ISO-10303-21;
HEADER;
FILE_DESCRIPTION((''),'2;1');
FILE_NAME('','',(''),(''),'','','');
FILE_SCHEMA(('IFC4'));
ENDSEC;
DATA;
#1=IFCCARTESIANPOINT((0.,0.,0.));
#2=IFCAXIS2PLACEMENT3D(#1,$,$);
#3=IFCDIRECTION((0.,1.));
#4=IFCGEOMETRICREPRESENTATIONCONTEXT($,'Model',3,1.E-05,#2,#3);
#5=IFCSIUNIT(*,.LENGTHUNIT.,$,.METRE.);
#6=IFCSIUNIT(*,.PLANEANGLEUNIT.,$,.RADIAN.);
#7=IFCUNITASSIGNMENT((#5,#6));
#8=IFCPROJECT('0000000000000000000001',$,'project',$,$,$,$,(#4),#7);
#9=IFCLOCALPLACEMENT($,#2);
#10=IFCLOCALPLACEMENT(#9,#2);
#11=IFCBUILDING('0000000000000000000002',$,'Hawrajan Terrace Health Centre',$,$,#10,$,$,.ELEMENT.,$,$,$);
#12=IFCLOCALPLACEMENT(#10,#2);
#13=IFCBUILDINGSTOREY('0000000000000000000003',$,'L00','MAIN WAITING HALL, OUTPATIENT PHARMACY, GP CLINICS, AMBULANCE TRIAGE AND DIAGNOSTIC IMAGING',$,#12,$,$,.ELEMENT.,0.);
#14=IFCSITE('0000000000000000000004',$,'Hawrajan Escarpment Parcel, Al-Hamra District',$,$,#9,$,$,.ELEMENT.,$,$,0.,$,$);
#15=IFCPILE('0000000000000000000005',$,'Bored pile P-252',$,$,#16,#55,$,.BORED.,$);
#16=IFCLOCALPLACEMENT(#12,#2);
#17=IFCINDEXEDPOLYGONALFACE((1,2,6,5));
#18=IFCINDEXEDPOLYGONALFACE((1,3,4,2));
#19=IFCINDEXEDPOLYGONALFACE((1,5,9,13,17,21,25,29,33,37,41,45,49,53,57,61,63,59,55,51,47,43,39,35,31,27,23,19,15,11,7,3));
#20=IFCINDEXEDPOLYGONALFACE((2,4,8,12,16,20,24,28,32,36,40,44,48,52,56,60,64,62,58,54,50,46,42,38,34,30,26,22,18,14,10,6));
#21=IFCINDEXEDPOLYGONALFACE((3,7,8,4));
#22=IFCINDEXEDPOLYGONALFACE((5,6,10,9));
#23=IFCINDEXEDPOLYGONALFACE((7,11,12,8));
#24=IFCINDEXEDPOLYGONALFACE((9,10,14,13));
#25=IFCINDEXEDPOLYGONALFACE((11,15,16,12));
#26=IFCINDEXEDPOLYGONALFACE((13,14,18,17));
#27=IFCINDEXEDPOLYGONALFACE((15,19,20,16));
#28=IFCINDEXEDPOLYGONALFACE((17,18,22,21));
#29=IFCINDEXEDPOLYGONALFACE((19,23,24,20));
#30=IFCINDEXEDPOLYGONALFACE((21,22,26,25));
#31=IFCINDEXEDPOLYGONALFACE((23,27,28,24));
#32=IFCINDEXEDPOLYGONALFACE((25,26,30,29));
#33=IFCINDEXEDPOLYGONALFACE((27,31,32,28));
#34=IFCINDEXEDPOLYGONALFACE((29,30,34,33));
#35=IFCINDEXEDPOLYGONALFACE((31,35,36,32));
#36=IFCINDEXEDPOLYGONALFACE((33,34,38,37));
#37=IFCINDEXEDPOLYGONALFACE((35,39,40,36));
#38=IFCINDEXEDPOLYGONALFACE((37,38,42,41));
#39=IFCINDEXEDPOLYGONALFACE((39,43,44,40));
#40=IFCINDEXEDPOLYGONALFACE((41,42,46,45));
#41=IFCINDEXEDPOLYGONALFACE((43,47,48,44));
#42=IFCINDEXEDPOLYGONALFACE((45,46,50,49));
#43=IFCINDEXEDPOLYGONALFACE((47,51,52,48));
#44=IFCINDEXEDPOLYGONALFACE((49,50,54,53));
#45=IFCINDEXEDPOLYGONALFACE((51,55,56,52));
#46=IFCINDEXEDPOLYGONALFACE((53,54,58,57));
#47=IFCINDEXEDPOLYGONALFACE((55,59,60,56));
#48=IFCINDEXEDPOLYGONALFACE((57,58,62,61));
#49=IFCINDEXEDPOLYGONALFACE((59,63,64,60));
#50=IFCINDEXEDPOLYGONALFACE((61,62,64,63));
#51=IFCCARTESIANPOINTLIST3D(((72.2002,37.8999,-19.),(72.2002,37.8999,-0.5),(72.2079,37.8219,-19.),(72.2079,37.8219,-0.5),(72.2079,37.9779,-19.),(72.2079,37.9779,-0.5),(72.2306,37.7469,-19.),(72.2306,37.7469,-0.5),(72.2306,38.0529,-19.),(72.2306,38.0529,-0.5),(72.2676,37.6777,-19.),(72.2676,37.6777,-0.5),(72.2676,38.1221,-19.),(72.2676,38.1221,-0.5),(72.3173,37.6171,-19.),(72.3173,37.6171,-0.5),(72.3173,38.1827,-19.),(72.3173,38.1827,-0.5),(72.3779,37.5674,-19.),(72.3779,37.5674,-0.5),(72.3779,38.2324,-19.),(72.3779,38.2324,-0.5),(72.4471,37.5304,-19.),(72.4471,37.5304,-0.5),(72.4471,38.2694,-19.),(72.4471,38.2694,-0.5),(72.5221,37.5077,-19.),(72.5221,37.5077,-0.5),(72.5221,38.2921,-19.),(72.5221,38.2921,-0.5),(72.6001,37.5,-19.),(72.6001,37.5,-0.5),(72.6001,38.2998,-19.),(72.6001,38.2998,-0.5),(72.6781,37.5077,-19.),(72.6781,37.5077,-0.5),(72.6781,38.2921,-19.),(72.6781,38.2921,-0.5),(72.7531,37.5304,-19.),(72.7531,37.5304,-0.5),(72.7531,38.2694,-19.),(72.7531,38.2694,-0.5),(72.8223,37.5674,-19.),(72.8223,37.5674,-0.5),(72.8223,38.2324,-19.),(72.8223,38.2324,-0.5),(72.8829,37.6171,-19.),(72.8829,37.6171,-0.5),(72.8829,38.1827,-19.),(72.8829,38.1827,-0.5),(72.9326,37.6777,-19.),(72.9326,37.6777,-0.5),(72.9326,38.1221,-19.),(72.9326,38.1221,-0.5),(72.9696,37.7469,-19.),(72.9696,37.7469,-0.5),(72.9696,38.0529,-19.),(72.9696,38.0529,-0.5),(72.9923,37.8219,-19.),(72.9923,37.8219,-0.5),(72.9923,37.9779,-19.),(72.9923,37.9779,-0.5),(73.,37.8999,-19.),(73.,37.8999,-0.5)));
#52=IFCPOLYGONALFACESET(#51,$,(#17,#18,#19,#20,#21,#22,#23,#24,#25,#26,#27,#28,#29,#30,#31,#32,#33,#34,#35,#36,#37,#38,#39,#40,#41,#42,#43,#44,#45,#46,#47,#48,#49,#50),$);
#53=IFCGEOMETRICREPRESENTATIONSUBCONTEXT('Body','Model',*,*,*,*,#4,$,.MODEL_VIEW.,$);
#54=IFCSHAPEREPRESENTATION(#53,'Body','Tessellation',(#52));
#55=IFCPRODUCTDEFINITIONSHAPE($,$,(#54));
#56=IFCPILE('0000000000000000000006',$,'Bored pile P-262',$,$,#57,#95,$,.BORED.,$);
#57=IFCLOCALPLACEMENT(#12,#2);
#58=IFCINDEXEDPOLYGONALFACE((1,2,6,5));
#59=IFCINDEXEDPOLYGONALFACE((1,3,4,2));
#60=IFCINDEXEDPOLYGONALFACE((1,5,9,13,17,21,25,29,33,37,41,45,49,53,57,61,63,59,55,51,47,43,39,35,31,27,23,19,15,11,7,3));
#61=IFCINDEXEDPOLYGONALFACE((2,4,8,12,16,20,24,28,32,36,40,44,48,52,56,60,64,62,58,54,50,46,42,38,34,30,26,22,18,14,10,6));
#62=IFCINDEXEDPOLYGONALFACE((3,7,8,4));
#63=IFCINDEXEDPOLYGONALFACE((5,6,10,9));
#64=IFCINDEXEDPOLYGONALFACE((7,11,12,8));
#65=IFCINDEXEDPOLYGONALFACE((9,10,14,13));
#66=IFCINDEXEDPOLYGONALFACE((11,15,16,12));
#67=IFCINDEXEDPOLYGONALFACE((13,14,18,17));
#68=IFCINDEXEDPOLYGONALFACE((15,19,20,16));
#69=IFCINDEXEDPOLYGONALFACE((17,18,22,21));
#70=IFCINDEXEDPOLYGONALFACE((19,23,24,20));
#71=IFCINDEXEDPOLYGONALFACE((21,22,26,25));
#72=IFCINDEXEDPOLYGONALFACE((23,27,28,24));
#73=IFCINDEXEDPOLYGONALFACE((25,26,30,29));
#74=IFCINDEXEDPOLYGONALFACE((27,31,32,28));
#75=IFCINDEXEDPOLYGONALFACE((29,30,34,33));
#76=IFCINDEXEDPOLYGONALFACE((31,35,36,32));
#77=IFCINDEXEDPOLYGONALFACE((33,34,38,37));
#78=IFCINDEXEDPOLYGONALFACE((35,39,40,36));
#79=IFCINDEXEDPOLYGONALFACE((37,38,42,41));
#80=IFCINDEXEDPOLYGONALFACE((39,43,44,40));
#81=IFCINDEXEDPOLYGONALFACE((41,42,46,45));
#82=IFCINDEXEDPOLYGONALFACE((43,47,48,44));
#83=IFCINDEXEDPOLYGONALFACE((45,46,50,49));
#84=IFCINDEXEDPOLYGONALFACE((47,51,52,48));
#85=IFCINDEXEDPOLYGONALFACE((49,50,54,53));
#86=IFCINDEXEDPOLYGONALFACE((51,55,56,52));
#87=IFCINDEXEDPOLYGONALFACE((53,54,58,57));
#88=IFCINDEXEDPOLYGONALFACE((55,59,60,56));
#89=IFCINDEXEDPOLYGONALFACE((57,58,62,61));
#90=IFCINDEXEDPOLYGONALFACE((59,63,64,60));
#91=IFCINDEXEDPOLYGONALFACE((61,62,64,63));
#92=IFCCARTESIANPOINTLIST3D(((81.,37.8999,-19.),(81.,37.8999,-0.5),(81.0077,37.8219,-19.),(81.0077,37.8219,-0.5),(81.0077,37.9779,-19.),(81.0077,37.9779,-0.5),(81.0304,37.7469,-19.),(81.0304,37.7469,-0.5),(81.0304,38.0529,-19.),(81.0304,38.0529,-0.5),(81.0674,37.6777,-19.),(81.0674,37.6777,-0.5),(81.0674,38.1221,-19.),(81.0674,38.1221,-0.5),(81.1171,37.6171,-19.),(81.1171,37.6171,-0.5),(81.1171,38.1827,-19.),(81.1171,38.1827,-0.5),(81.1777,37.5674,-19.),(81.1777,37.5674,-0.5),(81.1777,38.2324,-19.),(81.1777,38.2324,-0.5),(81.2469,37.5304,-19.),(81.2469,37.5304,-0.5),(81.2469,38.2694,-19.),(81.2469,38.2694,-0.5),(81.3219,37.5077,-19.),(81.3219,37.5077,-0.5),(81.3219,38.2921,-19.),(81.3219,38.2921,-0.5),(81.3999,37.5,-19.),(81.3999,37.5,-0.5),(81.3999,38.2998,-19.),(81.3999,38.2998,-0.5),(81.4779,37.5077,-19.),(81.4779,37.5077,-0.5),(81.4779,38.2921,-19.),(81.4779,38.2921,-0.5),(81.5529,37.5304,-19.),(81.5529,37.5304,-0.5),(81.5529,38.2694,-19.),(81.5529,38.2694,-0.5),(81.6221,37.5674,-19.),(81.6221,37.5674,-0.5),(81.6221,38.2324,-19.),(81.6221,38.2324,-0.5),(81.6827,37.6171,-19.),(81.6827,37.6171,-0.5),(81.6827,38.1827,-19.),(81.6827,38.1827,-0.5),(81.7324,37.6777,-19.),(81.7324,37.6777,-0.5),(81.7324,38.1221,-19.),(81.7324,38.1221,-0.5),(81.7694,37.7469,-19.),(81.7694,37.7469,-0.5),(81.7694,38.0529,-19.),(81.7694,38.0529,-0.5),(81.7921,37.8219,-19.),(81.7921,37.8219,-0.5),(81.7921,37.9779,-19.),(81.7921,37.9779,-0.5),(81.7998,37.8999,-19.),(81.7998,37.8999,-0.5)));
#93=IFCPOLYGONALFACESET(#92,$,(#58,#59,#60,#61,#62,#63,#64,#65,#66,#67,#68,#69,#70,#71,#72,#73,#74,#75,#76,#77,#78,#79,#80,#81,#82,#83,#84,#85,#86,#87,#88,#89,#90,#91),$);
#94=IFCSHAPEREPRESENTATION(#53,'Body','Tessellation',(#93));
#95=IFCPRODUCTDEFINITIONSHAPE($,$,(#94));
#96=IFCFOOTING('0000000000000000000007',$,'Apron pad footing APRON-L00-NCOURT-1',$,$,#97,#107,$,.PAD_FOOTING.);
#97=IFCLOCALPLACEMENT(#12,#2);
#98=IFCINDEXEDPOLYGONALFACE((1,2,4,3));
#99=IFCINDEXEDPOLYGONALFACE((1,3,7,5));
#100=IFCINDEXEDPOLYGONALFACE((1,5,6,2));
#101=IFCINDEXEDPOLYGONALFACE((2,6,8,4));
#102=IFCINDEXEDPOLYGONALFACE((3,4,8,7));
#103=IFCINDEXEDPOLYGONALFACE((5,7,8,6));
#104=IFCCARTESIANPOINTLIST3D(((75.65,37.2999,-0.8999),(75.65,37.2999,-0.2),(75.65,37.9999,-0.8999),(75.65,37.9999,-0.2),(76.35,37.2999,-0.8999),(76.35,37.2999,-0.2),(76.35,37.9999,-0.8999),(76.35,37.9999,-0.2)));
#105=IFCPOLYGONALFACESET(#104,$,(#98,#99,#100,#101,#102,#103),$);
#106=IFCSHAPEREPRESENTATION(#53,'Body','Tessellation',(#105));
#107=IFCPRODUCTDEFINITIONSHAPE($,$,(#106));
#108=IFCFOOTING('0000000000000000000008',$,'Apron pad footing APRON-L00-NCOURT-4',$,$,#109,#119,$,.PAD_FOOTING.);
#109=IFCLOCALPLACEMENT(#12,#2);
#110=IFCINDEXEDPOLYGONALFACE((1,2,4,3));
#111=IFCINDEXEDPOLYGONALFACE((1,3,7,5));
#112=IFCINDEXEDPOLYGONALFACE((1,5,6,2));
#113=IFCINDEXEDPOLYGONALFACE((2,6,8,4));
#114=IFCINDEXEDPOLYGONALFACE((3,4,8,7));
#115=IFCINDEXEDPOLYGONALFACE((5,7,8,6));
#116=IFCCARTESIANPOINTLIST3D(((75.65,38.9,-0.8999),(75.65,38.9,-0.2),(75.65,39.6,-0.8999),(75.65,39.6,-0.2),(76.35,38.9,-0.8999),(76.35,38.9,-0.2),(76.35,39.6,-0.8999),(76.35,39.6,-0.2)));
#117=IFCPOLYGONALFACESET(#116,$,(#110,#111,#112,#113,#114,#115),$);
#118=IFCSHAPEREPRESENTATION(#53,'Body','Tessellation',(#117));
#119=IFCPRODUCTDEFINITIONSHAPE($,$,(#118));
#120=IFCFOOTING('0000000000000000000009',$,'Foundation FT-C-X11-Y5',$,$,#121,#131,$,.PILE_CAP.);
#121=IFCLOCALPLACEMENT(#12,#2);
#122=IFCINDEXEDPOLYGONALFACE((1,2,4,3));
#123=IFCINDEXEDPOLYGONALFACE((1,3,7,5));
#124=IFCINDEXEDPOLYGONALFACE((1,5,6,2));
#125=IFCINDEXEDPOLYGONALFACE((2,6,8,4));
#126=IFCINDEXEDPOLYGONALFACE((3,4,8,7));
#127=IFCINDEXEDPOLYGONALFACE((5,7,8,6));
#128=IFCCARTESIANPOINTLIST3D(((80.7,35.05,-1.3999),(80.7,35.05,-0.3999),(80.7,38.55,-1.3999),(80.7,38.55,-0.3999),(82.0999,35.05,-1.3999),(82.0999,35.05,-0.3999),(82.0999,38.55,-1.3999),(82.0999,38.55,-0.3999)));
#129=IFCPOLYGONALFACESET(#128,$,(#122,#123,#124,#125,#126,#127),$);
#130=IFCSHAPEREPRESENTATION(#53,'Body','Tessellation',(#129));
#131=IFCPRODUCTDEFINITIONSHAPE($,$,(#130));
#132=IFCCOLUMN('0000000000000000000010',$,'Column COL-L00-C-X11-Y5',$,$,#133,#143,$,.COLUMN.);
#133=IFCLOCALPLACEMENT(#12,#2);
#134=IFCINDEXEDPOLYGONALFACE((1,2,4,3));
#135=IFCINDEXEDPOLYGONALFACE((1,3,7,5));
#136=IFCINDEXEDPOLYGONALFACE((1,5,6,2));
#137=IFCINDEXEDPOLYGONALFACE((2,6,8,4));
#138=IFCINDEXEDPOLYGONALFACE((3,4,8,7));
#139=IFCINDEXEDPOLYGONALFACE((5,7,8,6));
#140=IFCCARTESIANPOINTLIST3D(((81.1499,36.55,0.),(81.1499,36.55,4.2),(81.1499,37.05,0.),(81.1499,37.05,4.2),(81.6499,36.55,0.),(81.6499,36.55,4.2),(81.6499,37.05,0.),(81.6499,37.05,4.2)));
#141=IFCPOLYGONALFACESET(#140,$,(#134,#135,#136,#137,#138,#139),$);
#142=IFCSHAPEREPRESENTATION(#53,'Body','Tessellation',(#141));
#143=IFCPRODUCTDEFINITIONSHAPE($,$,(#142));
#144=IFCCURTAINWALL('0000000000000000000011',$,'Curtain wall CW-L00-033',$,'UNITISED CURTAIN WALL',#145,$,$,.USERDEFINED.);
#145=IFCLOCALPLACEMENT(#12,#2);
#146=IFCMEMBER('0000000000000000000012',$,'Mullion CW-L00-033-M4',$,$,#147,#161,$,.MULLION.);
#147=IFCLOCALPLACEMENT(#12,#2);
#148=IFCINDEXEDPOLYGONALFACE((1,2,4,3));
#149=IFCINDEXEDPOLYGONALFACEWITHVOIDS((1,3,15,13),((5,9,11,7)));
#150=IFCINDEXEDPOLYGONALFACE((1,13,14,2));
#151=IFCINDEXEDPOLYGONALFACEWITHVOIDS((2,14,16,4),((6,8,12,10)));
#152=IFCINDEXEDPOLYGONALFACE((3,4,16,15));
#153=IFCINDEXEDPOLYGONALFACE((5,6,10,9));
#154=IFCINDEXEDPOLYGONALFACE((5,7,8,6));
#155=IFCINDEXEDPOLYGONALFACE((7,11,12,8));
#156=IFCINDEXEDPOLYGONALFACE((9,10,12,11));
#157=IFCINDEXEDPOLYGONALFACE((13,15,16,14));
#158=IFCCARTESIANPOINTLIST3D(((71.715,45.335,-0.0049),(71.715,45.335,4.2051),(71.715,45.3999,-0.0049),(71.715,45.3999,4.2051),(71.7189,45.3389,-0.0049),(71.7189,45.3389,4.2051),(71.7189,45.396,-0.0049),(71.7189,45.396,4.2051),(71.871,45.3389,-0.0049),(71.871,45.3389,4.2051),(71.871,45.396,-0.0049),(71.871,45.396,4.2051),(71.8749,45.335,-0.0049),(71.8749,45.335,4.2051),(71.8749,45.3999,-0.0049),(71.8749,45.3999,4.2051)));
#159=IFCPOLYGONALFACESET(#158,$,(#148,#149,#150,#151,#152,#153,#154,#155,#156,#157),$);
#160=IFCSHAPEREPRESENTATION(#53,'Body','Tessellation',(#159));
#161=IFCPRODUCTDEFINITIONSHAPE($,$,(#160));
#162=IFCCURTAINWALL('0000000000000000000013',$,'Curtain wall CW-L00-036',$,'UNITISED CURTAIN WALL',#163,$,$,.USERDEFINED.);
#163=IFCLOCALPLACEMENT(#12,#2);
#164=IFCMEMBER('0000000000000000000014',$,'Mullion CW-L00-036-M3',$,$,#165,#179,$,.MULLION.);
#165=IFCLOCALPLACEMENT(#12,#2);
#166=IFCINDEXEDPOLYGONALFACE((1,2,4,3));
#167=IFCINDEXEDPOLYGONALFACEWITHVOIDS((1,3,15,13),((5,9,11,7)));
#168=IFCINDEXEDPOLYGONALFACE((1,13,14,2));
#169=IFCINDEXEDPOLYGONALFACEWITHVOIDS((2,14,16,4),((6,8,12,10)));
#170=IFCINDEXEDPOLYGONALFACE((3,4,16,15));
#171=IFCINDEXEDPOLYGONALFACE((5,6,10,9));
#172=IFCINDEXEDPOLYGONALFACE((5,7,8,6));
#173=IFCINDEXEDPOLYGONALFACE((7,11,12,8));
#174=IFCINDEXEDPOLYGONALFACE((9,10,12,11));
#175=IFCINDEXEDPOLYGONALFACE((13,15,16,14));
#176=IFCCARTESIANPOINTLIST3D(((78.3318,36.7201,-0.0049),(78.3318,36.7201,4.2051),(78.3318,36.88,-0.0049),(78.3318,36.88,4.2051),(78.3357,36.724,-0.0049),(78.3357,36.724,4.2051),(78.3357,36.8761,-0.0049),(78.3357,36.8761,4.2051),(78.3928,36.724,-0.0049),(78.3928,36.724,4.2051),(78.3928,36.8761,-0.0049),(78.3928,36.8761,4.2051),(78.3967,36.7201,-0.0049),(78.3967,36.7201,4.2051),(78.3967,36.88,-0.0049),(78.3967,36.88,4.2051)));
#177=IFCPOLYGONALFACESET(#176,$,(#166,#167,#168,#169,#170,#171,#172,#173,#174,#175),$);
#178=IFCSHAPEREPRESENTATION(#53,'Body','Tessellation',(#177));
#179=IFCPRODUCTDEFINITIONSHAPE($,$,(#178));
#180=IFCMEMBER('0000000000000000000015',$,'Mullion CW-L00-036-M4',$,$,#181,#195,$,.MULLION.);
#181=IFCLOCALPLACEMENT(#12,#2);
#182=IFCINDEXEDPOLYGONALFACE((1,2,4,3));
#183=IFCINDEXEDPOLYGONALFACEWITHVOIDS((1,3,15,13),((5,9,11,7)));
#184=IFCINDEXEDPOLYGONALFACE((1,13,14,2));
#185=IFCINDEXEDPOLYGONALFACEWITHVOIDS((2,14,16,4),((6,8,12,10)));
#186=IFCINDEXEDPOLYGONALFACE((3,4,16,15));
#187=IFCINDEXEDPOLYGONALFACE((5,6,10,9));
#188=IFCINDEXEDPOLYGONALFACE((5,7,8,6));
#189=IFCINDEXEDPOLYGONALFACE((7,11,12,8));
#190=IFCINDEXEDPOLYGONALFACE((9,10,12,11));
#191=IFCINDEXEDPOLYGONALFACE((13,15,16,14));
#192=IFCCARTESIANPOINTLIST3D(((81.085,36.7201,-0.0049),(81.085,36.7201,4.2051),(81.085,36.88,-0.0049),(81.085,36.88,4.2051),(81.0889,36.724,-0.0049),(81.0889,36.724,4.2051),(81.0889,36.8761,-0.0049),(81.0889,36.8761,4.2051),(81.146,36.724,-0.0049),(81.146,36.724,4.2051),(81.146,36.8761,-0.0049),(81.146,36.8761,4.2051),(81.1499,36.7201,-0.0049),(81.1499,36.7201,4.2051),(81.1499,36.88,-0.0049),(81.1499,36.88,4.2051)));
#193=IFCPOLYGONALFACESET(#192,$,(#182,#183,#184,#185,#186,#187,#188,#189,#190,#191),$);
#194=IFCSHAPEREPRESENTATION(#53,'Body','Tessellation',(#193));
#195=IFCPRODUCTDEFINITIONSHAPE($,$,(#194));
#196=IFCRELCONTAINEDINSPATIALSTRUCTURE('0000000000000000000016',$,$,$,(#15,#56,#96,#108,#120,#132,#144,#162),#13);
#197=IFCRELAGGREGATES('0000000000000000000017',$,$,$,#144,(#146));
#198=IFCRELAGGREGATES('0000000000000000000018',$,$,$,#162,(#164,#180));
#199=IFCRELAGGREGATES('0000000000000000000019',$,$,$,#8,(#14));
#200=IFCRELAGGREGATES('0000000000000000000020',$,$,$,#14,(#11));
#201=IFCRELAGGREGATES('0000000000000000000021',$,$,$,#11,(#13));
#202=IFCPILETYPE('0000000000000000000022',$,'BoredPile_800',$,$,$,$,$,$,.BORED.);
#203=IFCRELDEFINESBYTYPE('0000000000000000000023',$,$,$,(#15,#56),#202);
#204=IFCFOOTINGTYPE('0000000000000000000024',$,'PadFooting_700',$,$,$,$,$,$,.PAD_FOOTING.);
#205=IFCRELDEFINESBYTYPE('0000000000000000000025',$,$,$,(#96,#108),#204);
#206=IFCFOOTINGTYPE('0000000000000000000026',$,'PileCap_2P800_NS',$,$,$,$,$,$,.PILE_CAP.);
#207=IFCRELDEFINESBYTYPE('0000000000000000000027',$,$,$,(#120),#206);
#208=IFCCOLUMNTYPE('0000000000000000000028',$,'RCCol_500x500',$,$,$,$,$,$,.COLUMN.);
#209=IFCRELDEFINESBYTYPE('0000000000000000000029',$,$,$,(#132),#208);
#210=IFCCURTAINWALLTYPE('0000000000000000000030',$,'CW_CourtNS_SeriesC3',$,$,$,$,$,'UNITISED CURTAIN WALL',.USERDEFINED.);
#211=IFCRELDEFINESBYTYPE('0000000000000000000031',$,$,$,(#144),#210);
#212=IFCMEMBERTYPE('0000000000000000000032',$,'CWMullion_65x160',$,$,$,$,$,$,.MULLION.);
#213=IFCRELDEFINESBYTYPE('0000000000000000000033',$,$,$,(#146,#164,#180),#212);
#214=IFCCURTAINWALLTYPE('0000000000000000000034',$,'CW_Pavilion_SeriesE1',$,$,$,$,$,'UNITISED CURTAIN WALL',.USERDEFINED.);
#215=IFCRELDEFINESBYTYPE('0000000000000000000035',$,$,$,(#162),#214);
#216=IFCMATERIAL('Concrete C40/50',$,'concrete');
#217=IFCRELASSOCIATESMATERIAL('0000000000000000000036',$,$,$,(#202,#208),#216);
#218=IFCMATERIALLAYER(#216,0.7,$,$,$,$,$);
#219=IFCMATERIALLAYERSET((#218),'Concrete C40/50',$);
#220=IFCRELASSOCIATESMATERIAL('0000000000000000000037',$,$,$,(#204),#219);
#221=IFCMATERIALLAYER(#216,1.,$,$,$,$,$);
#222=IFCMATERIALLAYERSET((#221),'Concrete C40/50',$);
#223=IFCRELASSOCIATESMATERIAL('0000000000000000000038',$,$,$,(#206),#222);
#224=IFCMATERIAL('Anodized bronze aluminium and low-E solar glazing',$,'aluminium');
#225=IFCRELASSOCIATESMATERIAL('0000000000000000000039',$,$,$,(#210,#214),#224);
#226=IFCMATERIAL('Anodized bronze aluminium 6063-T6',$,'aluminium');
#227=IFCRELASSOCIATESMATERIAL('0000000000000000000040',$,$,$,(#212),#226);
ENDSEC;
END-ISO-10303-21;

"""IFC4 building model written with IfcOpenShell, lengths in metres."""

from ifc_helpers import new_model, si_unit, direction, frame, origin, origin_2d, place, context, subcontext, project, spatial, rectangle, hollow_rectangle, circle, extrude, material, layer, layer_set, material_profile, profile_set, type_object, element, aggregate, save


model = new_model("IFC4")

# Units and contexts
model_context = context("Model", 3, precision=1e-05, world=origin(), true_north=direction((0.0, 1.0)))
body_context = subcontext(model_context, "Body", "Model", "MODEL_VIEW")
ifc_project = project(units=[si_unit("LENGTHUNIT", "METRE"), si_unit("PLANEANGLEUNIT", "RADIAN")], contexts=[model_context])

# Site, building, storey
site_placement = place(None, origin())
site = spatial("IfcSite", under=ifc_project, at=site_placement, Name="Hawrajan Escarpment Parcel, Al-Hamra District", CompositionType="ELEMENT", RefElevation=0.0)
building_placement = place(site_placement, origin())
building = spatial("IfcBuilding", under=site, at=building_placement, Name="Hawrajan Terrace Health Centre", CompositionType="ELEMENT")
storey_placement = place(building_placement, origin())
storey = spatial("IfcBuildingStorey", under=building, at=storey_placement, Name="L00", Description="MAIN WAITING HALL, OUTPATIENT PHARMACY, GP CLINICS, AMBULANCE TRIAGE AND DIAGNOSTIC IMAGING", CompositionType="ELEMENT", Elevation=0.0)

# Piles
ifc_material_1 = material(Name="Concrete C40/50", Category="concrete")
ifc_material_profile_1 = material_profile(ifc_material_1, circle(Radius=0.3999, at=origin_2d()), Name="BP 800")
ifc_profile_set_1 = profile_set([ifc_material_profile_1], Name="Concrete C40/50")
pile_type = type_object("IfcPileType", Name="BoredPile_800", PredefinedType="BORED", material=ifc_profile_set_1)
for number, where, z_axis, x_axis, name in (
    (1, (72.6001, 37.8999, -0.5), (0.0, 0.0, -1.0), (1.0, 0.0, 0.0), "Bored pile P-252"),
    (2, (81.3999, 37.8999, -0.5), (0.0, 0.0, -1.0), (1.0, 0.0, 0.0), "Bored pile P-262"),
):
    element("IfcPile", number, at=place(storey_placement, frame(where, z_axis=z_axis, x_axis=x_axis)), inside=storey, type_object=pile_type, Name=name, PredefinedType="BORED", context=body_context, shape_type="SweptSolid", body=[
        extrude(circle(Radius=0.3999, at=origin_2d()), origin(), (0.0, 0.0, 1.0), 18.5),
    ])

# Footings
ifc_layer_1 = layer(ifc_material_1, 0.7)
ifc_layer_set_1 = layer_set([ifc_layer_1], Name="Concrete C40/50")
footing_type_1 = type_object("IfcFootingType", Name="PadFooting_700", PredefinedType="PAD_FOOTING", material=ifc_layer_set_1)
for number, where, z_axis, x_axis, name in (
    (3, (76.0, 37.6499, -0.8999), (0.0, 0.0, 1.0), (1.0, 0.0, 0.0), "Apron pad footing APRON-L00-NCOURT-1"),
    (4, (76.0, 39.25, -0.8999), (0.0, 0.0, 1.0), (1.0, 0.0, 0.0), "Apron pad footing APRON-L00-NCOURT-4"),
):
    element("IfcFooting", number, at=place(storey_placement, frame(where, z_axis=z_axis, x_axis=x_axis)), inside=storey, type_object=footing_type_1, Name=name, PredefinedType="PAD_FOOTING", context=body_context, shape_type="SweptSolid", body=[
        extrude(rectangle(XDim=0.7, YDim=0.7, at=origin_2d()), origin(), (0.0, 0.0, 1.0), 0.7),
    ])
ifc_layer_2 = layer(ifc_material_1, 1.0)
ifc_layer_set_2 = layer_set([ifc_layer_2], Name="Concrete C40/50")
footing_type_2 = type_object("IfcFootingType", Name="PileCap_2P800_NS", PredefinedType="PILE_CAP", material=ifc_layer_set_2)
footing_placement = place(storey_placement, frame((81.3999, 36.8, -1.3999), z_axis=(0.0, 0.0, 1.0), x_axis=(1.0, 0.0, 0.0)))
element("IfcFooting", 5, at=footing_placement, inside=storey, type_object=footing_type_2, Name="Foundation FT-C-X11-Y5", PredefinedType="PILE_CAP", context=body_context, shape_type="SweptSolid", body=[
    extrude(rectangle(XDim=1.3999, YDim=3.5, at=origin_2d()), origin(), (0.0, 0.0, 1.0), 1.0),
])

# Column
ifc_material_profile_2 = material_profile(ifc_material_1, rectangle(XDim=0.5, YDim=0.5, at=origin_2d()), Name="RC 500x500")
ifc_profile_set_2 = profile_set([ifc_material_profile_2], Name="Concrete C40/50")
column_type = type_object("IfcColumnType", Name="RCCol_500x500", PredefinedType="COLUMN", material=ifc_profile_set_2)
column_placement = place(storey_placement, frame((81.3999, 36.8, 0.0), z_axis=(0.0, 0.0, 1.0), x_axis=(1.0, 0.0, 0.0)))
element("IfcColumn", 6, at=column_placement, inside=storey, type_object=column_type, Name="Column COL-L00-C-X11-Y5", PredefinedType="COLUMN", context=body_context, shape_type="SweptSolid", body=[
    extrude(rectangle(XDim=0.5, YDim=0.5, at=origin_2d()), origin(), (0.0, 0.0, 1.0), 4.2),
])

# Curtain wall, member
ifc_material_2 = material(Name="Anodized bronze aluminium and low-E solar glazing", Category="aluminium")
curtain_wall_type_1 = type_object("IfcCurtainWallType", Name="CW_CourtNS_SeriesC3", ElementType="UNITISED CURTAIN WALL", PredefinedType="USERDEFINED", material=ifc_material_2)
curtain_wall_1_placement = place(storey_placement, origin())
curtain_wall_1 = element("IfcCurtainWall", 7, at=curtain_wall_1_placement, inside=storey, type_object=curtain_wall_type_1, Name="Curtain wall CW-L00-033", ObjectType="UNITISED CURTAIN WALL", PredefinedType="USERDEFINED")
ifc_material_3 = material(Name="Anodized bronze aluminium 6063-T6", Category="aluminium")
ifc_material_profile_3 = material_profile(ifc_material_3, hollow_rectangle(XDim=0.0649, YDim=0.1599, WallThickness=0.0039, at=origin_2d()), Name="CW MUL 65x160")
ifc_profile_set_3 = profile_set([ifc_material_profile_3], Name="Anodized bronze aluminium 6063-T6")
member_type_1 = type_object("IfcMemberType", Name="CWMullion_65x160", PredefinedType="MULLION", material=ifc_profile_set_3)
member_1_placement = place(storey_placement, frame((71.7949, 45.3674, -0.0049), z_axis=(0.0, 0.0, 1.0), x_axis=(0.0, 1.0, 0.0)))
member_1 = element("IfcMember", 8, at=member_1_placement, type_object=member_type_1, Name="Mullion CW-L00-033-M4", PredefinedType="MULLION", context=body_context, shape_type="SweptSolid", body=[
    extrude(hollow_rectangle(XDim=0.0649, YDim=0.1599, WallThickness=0.0039, at=origin_2d()), origin(), (0.0, 0.0, 1.0), 4.21),
])

# Curtain wall, members
curtain_wall_type_2 = type_object("IfcCurtainWallType", Name="CW_Pavilion_SeriesE1", ElementType="UNITISED CURTAIN WALL", PredefinedType="USERDEFINED", material=ifc_material_2)
curtain_wall_2_placement = place(storey_placement, origin())
curtain_wall_2 = element("IfcCurtainWall", 9, at=curtain_wall_2_placement, inside=storey, type_object=curtain_wall_type_2, Name="Curtain wall CW-L00-036", ObjectType="UNITISED CURTAIN WALL", PredefinedType="USERDEFINED")
member_2_placement = place(storey_placement, frame((78.3643, 36.8, -0.0049), z_axis=(0.0, 0.0, 1.0), x_axis=(1.0, 0.0, 0.0)))
member_2 = element("IfcMember", 10, at=member_2_placement, type_object=member_type_1, Name="Mullion CW-L00-036-M3", PredefinedType="MULLION", context=body_context, shape_type="SweptSolid", body=[
    extrude(hollow_rectangle(XDim=0.0649, YDim=0.1599, WallThickness=0.0039, at=origin_2d()), origin(), (0.0, 0.0, 1.0), 4.21),
])
member_3_placement = place(storey_placement, frame((81.1174, 36.8, -0.0049), z_axis=(0.0, 0.0, 1.0), x_axis=(1.0, 0.0, 0.0)))
member_3 = element("IfcMember", 11, at=member_3_placement, type_object=member_type_1, Name="Mullion CW-L00-036-M4", PredefinedType="MULLION", context=body_context, shape_type="SweptSolid", body=[
    extrude(hollow_rectangle(XDim=0.0649, YDim=0.1599, WallThickness=0.0039, at=origin_2d()), origin(), (0.0, 0.0, 1.0), 4.21),
])

aggregate(curtain_wall_1, [member_1])
aggregate(curtain_wall_2, [member_2, member_3])

save(model, "model.ifc")
